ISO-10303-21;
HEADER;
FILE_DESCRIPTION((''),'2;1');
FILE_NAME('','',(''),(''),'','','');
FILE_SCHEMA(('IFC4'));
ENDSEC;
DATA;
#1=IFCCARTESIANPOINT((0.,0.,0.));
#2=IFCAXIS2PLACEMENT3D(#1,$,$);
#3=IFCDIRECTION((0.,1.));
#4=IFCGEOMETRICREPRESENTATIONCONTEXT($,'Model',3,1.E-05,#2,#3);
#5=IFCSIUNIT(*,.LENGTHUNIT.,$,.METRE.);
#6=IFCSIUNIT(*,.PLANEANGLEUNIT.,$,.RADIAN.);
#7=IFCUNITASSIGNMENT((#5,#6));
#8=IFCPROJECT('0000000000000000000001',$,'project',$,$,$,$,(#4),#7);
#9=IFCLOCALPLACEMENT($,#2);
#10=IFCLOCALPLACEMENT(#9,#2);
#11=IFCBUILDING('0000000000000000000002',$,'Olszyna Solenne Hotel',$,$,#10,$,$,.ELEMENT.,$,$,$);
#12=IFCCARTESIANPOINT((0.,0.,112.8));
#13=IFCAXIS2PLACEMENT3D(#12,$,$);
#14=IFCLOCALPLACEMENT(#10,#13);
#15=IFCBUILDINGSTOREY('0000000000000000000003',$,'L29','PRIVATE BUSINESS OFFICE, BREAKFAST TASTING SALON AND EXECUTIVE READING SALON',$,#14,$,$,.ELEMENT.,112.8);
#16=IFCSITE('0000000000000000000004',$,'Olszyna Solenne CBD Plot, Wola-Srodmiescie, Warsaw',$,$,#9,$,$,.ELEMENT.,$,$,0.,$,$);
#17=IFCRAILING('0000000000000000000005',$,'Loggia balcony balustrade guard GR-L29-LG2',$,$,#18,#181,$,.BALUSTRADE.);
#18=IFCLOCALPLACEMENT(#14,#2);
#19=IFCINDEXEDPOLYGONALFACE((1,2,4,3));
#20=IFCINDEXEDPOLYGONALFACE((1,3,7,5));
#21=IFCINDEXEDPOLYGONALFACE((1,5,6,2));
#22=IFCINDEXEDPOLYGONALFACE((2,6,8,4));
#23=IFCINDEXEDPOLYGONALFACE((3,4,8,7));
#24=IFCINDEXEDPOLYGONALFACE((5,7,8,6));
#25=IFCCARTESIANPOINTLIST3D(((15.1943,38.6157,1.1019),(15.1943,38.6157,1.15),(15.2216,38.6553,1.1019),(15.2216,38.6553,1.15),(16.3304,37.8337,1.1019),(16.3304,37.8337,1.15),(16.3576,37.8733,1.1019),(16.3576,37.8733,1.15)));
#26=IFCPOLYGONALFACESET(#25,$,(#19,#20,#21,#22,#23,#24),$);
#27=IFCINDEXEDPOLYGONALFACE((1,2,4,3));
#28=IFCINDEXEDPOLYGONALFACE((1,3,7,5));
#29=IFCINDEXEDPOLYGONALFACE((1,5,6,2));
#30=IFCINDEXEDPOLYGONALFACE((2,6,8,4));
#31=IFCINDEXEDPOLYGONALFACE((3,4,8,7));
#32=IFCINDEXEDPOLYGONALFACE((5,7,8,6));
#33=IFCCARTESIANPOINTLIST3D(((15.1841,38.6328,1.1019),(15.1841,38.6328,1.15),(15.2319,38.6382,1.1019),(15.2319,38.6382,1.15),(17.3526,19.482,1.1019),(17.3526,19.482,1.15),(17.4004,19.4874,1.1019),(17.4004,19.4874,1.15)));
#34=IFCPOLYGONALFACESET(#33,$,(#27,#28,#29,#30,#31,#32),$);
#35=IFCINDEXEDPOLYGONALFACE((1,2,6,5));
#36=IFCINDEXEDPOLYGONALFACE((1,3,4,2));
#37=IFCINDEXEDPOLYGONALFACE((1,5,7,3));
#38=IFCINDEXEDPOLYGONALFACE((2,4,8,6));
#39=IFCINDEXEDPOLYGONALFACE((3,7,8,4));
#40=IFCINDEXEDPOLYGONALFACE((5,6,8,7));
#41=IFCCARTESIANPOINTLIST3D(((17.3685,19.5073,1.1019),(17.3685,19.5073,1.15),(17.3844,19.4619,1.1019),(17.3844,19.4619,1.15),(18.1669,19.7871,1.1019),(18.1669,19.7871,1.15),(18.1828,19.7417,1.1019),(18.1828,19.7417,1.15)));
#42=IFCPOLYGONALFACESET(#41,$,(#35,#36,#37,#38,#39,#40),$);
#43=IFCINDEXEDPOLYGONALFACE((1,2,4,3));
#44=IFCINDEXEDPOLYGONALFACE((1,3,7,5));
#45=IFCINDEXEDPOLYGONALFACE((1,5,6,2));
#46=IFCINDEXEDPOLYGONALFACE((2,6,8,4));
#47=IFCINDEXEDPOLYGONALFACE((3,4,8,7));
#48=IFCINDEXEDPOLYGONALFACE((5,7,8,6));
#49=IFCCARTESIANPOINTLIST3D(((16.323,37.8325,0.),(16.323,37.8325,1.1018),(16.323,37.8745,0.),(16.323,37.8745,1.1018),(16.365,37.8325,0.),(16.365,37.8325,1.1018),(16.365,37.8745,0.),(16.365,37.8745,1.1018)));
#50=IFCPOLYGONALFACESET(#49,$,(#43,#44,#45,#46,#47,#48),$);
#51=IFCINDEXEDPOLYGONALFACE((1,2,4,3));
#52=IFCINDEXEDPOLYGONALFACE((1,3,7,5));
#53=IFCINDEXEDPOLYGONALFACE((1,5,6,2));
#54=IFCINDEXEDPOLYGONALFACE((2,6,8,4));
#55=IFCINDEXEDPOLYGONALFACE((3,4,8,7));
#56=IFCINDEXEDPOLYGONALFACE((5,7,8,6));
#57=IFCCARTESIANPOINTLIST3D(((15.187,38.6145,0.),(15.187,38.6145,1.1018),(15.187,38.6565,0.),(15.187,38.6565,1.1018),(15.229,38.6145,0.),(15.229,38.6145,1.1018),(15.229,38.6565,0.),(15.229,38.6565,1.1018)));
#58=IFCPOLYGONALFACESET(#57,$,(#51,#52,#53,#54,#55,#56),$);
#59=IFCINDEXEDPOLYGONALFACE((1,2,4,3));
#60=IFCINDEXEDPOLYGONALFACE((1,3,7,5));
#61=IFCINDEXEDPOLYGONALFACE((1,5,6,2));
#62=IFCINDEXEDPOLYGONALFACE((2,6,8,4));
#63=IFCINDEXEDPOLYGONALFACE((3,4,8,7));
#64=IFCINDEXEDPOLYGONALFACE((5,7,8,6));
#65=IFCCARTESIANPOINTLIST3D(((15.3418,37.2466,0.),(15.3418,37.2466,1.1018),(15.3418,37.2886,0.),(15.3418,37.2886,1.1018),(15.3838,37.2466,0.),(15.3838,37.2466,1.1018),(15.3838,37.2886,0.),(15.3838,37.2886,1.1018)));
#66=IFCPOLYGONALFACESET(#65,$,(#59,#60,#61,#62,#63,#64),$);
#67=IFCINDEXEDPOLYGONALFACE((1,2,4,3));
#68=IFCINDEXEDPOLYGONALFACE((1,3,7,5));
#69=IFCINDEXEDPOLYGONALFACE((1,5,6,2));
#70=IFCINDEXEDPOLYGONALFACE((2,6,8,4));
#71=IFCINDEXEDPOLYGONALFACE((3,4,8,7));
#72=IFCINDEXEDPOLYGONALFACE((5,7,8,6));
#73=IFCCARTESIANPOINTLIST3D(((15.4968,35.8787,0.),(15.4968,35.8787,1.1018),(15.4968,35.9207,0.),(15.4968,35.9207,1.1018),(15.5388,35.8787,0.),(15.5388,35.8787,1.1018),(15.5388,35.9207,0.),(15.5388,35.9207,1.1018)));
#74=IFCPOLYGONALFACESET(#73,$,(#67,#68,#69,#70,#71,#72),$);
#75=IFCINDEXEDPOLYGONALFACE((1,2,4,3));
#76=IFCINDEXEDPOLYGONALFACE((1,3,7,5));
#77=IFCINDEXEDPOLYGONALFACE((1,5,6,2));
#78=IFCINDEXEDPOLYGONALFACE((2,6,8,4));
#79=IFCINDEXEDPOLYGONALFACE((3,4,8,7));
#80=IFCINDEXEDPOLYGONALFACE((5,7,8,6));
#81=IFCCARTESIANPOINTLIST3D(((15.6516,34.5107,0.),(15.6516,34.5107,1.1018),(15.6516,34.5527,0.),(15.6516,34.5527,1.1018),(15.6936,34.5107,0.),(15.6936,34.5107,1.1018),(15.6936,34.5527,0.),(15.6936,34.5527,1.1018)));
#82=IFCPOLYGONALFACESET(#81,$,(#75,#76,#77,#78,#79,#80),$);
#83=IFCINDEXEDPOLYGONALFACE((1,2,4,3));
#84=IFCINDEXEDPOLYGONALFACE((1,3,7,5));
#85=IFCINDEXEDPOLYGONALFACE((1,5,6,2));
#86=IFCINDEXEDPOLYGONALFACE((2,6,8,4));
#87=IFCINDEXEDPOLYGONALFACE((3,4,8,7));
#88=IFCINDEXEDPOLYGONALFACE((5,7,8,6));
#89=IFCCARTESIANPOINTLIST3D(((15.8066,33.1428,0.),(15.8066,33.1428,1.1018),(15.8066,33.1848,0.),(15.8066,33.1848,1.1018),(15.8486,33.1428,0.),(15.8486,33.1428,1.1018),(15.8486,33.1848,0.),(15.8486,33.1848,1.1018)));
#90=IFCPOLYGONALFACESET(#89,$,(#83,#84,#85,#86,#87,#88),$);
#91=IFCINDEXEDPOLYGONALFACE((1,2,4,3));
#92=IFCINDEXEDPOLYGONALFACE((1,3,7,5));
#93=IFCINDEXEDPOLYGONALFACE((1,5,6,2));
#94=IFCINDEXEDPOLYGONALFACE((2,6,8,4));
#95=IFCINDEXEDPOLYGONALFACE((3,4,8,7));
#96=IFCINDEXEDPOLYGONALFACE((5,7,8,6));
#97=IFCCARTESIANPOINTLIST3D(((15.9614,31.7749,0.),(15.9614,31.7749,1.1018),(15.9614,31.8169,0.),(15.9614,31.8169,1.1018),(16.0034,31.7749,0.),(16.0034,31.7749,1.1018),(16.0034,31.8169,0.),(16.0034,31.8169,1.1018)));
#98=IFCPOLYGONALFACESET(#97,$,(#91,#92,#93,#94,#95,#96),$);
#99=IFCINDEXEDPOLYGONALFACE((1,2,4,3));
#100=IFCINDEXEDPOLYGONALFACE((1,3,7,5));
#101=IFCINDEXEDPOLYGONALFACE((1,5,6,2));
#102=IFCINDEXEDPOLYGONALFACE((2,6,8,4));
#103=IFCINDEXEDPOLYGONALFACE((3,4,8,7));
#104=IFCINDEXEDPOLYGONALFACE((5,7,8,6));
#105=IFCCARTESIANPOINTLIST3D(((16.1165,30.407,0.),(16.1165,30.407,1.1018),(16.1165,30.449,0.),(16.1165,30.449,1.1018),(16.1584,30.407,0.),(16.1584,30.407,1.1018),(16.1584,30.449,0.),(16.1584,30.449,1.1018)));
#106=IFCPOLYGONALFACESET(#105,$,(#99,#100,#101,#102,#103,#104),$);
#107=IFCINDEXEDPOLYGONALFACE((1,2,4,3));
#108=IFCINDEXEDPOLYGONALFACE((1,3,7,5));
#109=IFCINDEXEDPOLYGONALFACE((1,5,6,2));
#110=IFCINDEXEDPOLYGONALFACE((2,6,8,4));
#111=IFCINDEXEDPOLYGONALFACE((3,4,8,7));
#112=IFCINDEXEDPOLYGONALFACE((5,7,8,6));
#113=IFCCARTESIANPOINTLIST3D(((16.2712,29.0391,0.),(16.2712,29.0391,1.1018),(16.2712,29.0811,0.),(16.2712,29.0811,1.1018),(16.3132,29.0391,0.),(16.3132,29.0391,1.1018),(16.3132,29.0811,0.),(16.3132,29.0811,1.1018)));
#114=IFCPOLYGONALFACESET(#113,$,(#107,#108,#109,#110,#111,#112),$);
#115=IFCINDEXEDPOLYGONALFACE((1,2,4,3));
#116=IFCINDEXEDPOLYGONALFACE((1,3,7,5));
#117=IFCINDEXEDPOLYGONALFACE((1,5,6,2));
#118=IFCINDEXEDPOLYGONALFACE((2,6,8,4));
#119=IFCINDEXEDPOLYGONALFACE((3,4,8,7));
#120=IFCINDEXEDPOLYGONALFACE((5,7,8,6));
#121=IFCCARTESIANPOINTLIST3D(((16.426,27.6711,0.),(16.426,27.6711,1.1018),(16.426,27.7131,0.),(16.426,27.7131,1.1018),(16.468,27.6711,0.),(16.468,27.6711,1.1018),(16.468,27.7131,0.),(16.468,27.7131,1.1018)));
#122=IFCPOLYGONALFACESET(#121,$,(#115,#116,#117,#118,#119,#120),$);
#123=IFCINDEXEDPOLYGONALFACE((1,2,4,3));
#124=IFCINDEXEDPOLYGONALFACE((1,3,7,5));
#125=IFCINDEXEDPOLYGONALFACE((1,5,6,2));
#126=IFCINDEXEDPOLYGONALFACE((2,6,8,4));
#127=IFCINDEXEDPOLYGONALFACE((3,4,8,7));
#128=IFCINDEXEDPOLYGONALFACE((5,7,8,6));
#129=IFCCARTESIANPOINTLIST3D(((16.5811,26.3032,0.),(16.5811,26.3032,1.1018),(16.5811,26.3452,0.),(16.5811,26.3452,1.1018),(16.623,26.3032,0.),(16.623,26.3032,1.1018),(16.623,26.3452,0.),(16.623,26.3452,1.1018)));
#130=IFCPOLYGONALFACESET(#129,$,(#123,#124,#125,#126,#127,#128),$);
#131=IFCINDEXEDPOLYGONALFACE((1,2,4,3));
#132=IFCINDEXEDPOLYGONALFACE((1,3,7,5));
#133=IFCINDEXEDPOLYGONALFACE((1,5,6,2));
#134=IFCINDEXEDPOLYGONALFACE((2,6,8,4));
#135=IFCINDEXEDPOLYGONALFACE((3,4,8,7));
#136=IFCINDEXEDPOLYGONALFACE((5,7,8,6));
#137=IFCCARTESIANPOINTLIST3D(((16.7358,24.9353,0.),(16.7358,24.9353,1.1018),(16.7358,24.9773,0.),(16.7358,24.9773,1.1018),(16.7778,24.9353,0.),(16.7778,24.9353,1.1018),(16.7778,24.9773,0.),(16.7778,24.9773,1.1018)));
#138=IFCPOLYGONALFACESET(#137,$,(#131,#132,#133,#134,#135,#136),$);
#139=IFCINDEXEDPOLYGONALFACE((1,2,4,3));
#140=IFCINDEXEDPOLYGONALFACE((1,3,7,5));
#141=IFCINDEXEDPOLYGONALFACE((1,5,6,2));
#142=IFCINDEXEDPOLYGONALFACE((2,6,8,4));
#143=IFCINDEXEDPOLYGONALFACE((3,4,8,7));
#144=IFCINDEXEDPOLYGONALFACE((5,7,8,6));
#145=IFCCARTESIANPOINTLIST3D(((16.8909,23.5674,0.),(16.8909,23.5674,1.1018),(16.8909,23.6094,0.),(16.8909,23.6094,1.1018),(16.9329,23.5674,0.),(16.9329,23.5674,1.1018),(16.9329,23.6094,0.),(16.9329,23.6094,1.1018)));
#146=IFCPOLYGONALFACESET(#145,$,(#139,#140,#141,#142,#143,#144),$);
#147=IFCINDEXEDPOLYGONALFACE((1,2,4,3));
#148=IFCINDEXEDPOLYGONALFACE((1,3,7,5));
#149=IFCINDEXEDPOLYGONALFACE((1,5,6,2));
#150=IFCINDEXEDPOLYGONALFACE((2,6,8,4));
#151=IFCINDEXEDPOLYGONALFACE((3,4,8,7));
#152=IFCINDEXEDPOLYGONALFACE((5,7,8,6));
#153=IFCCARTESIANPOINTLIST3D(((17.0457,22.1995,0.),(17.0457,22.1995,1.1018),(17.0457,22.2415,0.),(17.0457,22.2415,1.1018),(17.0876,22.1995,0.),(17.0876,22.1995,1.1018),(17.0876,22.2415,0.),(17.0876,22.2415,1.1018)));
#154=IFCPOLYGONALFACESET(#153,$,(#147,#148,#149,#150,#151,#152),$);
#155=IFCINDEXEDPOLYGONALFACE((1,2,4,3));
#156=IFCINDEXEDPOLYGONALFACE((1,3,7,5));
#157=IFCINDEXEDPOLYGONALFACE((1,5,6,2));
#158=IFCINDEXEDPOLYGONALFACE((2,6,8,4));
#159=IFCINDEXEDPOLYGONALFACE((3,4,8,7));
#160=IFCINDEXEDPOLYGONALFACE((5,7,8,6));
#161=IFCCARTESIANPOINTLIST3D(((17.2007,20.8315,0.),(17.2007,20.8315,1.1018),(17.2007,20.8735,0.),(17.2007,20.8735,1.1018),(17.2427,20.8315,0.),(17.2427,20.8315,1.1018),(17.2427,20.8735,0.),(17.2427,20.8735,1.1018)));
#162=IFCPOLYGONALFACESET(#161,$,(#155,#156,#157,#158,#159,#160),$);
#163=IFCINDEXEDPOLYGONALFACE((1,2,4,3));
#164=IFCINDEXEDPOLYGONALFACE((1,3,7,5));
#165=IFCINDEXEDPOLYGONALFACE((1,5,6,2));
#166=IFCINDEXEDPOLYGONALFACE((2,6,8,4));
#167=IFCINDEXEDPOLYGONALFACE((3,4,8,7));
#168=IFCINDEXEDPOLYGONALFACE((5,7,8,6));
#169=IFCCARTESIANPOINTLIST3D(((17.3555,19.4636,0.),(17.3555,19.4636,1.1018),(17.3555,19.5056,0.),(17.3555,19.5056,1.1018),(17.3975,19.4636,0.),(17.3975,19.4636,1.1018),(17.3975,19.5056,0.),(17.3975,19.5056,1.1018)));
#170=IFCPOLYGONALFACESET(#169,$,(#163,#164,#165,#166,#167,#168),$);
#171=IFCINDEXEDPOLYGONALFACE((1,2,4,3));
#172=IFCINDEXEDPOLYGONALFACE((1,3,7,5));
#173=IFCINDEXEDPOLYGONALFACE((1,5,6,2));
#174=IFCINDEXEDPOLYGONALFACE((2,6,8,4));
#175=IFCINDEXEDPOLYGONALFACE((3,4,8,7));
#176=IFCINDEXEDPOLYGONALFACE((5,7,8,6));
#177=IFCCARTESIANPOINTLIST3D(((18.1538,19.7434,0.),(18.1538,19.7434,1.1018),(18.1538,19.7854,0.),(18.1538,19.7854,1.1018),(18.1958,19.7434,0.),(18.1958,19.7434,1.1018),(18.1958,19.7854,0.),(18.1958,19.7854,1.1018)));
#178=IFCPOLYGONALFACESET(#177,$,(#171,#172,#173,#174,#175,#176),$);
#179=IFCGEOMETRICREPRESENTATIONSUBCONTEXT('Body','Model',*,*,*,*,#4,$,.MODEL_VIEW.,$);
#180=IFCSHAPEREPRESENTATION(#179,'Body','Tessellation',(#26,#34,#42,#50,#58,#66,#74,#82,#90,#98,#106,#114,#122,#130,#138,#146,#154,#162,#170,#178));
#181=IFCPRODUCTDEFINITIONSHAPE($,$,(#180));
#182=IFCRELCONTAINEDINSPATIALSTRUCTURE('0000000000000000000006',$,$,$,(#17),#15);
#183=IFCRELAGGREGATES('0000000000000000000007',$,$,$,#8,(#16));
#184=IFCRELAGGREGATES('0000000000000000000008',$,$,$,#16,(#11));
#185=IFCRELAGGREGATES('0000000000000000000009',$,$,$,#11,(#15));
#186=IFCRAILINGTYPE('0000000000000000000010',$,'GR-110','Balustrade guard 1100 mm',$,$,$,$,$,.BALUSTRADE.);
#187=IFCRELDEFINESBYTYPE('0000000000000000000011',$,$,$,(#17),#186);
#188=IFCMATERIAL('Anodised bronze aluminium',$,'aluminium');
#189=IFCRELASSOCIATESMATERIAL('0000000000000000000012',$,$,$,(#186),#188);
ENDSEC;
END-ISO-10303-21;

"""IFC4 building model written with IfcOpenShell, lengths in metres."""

from ifc_helpers import new_model, si_unit, direction, frame, origin, origin_2d, place, context, subcontext, project, spatial, rectangle, extrude, material, type_object, element, save


model = new_model("IFC4")

# Units and contexts
model_context = context("Model", 3, precision=1e-05, world=origin(), true_north=direction((0.0, 1.0)))
body_context = subcontext(model_context, "Body", "Model", "MODEL_VIEW")
ifc_project = project(units=[si_unit("LENGTHUNIT", "METRE"), si_unit("PLANEANGLEUNIT", "RADIAN")], contexts=[model_context])

# Site, building, storey
site_placement = place(None, origin())
site = spatial("IfcSite", under=ifc_project, at=site_placement, Name="Olszyna Solenne CBD Plot, Wola-Srodmiescie, Warsaw", CompositionType="ELEMENT", RefElevation=0.0)
building_placement = place(site_placement, origin())
building = spatial("IfcBuilding", under=site, at=building_placement, Name="Olszyna Solenne Hotel", CompositionType="ELEMENT")
storey_placement = place(building_placement, frame((0.0, 0.0, 112.8)))
storey = spatial("IfcBuildingStorey", under=building, at=storey_placement, Name="L29", Description="PRIVATE BUSINESS OFFICE, BREAKFAST TASTING SALON AND EXECUTIVE READING SALON", CompositionType="ELEMENT", Elevation=112.8)

# Railing
ifc_material_1 = material(Name="Anodised bronze aluminium", Category="aluminium")
railing_type = type_object("IfcRailingType", Name="GR-110", Description="Balustrade guard 1100 mm", PredefinedType="BALUSTRADE", material=ifc_material_1)
railing_placement = place(storey_placement, frame((16.344, 37.8535, 0.0)))
element("IfcRailing", 1, at=railing_placement, inside=storey, type_object=railing_type, Name="Loggia balcony balustrade guard GR-L29-LG2", PredefinedType="BALUSTRADE", context=body_context, shape_type="SweptSolid", body=[
    extrude(rectangle(XDim=0.0481, YDim=0.0481, at=origin_2d()), frame((0.0, 0.0, 1.126), z_axis=(-0.823706, 0.567017, 0.0), x_axis=(-0.567017, -0.823706, 0.0)), (0.0, 0.0, 1.0), 1.3792),
    extrude(rectangle(XDim=0.0481, YDim=0.0481, at=origin_2d()), frame((-1.136, 0.782, 1.126), z_axis=(0.112511, -0.99365, 0.0), x_axis=(0.99365, 0.112511, 0.0)), (0.0, 0.0, 1.0), 19.2732),
    extrude(rectangle(XDim=0.0481, YDim=0.0481, at=origin_2d()), frame((1.0325, -18.3689, 1.126), z_axis=(0.943723, 0.330736, 0.0), x_axis=(-0.330736, 0.943723, 0.0)), (0.0, 0.0, 1.0), 0.8459),
    extrude(rectangle(XDim=0.042, YDim=0.042, at=origin_2d()), origin(), (0.0, 0.0, 1.0), 1.1018),
    extrude(rectangle(XDim=0.042, YDim=0.042, at=origin_2d()), frame((-1.136, 0.782, 0.0)), (0.0, 0.0, 1.0), 1.1018),
    extrude(rectangle(XDim=0.042, YDim=0.042, at=origin_2d()), frame((-0.9812, -0.5859, 0.0)), (0.0, 0.0, 1.0), 1.1018),
    extrude(rectangle(XDim=0.042, YDim=0.042, at=origin_2d()), frame((-0.8262, -1.9539, 0.0)), (0.0, 0.0, 1.0), 1.1018),
    extrude(rectangle(XDim=0.042, YDim=0.042, at=origin_2d()), frame((-0.6714, -3.3218, 0.0)), (0.0, 0.0, 1.0), 1.1018),
    extrude(rectangle(XDim=0.042, YDim=0.042, at=origin_2d()), frame((-0.5164, -4.6897, 0.0)), (0.0, 0.0, 1.0), 1.1018),
    extrude(rectangle(XDim=0.042, YDim=0.042, at=origin_2d()), frame((-0.3616, -6.0576, 0.0)), (0.0, 0.0, 1.0), 1.1018),
    extrude(rectangle(XDim=0.042, YDim=0.042, at=origin_2d()), frame((-0.2065, -7.4255, 0.0)), (0.0, 0.0, 1.0), 1.1018),
    extrude(rectangle(XDim=0.042, YDim=0.042, at=origin_2d()), frame((-0.0518, -8.7935, 0.0)), (0.0, 0.0, 1.0), 1.1018),
    extrude(rectangle(XDim=0.042, YDim=0.042, at=origin_2d()), frame((0.103, -10.1614, 0.0)), (0.0, 0.0, 1.0), 1.1018),
    extrude(rectangle(XDim=0.042, YDim=0.042, at=origin_2d()), frame((0.2581, -11.5293, 0.0)), (0.0, 0.0, 1.0), 1.1018),
    extrude(rectangle(XDim=0.042, YDim=0.042, at=origin_2d()), frame((0.4128, -12.8972, 0.0)), (0.0, 0.0, 1.0), 1.1018),
    extrude(rectangle(XDim=0.042, YDim=0.042, at=origin_2d()), frame((0.5679, -14.2651, 0.0)), (0.0, 0.0, 1.0), 1.1018),
    extrude(rectangle(XDim=0.042, YDim=0.042, at=origin_2d()), frame((0.7227, -15.6331, 0.0)), (0.0, 0.0, 1.0), 1.1018),
    extrude(rectangle(XDim=0.042, YDim=0.042, at=origin_2d()), frame((0.8777, -17.001, 0.0)), (0.0, 0.0, 1.0), 1.1018),
    extrude(rectangle(XDim=0.042, YDim=0.042, at=origin_2d()), frame((1.0325, -18.3689, 0.0)), (0.0, 0.0, 1.0), 1.1018),
    extrude(rectangle(XDim=0.042, YDim=0.042, at=origin_2d()), frame((1.8308, -18.0891, 0.0)), (0.0, 0.0, 1.0), 1.1018),
])

save(model, "model.ifc")
